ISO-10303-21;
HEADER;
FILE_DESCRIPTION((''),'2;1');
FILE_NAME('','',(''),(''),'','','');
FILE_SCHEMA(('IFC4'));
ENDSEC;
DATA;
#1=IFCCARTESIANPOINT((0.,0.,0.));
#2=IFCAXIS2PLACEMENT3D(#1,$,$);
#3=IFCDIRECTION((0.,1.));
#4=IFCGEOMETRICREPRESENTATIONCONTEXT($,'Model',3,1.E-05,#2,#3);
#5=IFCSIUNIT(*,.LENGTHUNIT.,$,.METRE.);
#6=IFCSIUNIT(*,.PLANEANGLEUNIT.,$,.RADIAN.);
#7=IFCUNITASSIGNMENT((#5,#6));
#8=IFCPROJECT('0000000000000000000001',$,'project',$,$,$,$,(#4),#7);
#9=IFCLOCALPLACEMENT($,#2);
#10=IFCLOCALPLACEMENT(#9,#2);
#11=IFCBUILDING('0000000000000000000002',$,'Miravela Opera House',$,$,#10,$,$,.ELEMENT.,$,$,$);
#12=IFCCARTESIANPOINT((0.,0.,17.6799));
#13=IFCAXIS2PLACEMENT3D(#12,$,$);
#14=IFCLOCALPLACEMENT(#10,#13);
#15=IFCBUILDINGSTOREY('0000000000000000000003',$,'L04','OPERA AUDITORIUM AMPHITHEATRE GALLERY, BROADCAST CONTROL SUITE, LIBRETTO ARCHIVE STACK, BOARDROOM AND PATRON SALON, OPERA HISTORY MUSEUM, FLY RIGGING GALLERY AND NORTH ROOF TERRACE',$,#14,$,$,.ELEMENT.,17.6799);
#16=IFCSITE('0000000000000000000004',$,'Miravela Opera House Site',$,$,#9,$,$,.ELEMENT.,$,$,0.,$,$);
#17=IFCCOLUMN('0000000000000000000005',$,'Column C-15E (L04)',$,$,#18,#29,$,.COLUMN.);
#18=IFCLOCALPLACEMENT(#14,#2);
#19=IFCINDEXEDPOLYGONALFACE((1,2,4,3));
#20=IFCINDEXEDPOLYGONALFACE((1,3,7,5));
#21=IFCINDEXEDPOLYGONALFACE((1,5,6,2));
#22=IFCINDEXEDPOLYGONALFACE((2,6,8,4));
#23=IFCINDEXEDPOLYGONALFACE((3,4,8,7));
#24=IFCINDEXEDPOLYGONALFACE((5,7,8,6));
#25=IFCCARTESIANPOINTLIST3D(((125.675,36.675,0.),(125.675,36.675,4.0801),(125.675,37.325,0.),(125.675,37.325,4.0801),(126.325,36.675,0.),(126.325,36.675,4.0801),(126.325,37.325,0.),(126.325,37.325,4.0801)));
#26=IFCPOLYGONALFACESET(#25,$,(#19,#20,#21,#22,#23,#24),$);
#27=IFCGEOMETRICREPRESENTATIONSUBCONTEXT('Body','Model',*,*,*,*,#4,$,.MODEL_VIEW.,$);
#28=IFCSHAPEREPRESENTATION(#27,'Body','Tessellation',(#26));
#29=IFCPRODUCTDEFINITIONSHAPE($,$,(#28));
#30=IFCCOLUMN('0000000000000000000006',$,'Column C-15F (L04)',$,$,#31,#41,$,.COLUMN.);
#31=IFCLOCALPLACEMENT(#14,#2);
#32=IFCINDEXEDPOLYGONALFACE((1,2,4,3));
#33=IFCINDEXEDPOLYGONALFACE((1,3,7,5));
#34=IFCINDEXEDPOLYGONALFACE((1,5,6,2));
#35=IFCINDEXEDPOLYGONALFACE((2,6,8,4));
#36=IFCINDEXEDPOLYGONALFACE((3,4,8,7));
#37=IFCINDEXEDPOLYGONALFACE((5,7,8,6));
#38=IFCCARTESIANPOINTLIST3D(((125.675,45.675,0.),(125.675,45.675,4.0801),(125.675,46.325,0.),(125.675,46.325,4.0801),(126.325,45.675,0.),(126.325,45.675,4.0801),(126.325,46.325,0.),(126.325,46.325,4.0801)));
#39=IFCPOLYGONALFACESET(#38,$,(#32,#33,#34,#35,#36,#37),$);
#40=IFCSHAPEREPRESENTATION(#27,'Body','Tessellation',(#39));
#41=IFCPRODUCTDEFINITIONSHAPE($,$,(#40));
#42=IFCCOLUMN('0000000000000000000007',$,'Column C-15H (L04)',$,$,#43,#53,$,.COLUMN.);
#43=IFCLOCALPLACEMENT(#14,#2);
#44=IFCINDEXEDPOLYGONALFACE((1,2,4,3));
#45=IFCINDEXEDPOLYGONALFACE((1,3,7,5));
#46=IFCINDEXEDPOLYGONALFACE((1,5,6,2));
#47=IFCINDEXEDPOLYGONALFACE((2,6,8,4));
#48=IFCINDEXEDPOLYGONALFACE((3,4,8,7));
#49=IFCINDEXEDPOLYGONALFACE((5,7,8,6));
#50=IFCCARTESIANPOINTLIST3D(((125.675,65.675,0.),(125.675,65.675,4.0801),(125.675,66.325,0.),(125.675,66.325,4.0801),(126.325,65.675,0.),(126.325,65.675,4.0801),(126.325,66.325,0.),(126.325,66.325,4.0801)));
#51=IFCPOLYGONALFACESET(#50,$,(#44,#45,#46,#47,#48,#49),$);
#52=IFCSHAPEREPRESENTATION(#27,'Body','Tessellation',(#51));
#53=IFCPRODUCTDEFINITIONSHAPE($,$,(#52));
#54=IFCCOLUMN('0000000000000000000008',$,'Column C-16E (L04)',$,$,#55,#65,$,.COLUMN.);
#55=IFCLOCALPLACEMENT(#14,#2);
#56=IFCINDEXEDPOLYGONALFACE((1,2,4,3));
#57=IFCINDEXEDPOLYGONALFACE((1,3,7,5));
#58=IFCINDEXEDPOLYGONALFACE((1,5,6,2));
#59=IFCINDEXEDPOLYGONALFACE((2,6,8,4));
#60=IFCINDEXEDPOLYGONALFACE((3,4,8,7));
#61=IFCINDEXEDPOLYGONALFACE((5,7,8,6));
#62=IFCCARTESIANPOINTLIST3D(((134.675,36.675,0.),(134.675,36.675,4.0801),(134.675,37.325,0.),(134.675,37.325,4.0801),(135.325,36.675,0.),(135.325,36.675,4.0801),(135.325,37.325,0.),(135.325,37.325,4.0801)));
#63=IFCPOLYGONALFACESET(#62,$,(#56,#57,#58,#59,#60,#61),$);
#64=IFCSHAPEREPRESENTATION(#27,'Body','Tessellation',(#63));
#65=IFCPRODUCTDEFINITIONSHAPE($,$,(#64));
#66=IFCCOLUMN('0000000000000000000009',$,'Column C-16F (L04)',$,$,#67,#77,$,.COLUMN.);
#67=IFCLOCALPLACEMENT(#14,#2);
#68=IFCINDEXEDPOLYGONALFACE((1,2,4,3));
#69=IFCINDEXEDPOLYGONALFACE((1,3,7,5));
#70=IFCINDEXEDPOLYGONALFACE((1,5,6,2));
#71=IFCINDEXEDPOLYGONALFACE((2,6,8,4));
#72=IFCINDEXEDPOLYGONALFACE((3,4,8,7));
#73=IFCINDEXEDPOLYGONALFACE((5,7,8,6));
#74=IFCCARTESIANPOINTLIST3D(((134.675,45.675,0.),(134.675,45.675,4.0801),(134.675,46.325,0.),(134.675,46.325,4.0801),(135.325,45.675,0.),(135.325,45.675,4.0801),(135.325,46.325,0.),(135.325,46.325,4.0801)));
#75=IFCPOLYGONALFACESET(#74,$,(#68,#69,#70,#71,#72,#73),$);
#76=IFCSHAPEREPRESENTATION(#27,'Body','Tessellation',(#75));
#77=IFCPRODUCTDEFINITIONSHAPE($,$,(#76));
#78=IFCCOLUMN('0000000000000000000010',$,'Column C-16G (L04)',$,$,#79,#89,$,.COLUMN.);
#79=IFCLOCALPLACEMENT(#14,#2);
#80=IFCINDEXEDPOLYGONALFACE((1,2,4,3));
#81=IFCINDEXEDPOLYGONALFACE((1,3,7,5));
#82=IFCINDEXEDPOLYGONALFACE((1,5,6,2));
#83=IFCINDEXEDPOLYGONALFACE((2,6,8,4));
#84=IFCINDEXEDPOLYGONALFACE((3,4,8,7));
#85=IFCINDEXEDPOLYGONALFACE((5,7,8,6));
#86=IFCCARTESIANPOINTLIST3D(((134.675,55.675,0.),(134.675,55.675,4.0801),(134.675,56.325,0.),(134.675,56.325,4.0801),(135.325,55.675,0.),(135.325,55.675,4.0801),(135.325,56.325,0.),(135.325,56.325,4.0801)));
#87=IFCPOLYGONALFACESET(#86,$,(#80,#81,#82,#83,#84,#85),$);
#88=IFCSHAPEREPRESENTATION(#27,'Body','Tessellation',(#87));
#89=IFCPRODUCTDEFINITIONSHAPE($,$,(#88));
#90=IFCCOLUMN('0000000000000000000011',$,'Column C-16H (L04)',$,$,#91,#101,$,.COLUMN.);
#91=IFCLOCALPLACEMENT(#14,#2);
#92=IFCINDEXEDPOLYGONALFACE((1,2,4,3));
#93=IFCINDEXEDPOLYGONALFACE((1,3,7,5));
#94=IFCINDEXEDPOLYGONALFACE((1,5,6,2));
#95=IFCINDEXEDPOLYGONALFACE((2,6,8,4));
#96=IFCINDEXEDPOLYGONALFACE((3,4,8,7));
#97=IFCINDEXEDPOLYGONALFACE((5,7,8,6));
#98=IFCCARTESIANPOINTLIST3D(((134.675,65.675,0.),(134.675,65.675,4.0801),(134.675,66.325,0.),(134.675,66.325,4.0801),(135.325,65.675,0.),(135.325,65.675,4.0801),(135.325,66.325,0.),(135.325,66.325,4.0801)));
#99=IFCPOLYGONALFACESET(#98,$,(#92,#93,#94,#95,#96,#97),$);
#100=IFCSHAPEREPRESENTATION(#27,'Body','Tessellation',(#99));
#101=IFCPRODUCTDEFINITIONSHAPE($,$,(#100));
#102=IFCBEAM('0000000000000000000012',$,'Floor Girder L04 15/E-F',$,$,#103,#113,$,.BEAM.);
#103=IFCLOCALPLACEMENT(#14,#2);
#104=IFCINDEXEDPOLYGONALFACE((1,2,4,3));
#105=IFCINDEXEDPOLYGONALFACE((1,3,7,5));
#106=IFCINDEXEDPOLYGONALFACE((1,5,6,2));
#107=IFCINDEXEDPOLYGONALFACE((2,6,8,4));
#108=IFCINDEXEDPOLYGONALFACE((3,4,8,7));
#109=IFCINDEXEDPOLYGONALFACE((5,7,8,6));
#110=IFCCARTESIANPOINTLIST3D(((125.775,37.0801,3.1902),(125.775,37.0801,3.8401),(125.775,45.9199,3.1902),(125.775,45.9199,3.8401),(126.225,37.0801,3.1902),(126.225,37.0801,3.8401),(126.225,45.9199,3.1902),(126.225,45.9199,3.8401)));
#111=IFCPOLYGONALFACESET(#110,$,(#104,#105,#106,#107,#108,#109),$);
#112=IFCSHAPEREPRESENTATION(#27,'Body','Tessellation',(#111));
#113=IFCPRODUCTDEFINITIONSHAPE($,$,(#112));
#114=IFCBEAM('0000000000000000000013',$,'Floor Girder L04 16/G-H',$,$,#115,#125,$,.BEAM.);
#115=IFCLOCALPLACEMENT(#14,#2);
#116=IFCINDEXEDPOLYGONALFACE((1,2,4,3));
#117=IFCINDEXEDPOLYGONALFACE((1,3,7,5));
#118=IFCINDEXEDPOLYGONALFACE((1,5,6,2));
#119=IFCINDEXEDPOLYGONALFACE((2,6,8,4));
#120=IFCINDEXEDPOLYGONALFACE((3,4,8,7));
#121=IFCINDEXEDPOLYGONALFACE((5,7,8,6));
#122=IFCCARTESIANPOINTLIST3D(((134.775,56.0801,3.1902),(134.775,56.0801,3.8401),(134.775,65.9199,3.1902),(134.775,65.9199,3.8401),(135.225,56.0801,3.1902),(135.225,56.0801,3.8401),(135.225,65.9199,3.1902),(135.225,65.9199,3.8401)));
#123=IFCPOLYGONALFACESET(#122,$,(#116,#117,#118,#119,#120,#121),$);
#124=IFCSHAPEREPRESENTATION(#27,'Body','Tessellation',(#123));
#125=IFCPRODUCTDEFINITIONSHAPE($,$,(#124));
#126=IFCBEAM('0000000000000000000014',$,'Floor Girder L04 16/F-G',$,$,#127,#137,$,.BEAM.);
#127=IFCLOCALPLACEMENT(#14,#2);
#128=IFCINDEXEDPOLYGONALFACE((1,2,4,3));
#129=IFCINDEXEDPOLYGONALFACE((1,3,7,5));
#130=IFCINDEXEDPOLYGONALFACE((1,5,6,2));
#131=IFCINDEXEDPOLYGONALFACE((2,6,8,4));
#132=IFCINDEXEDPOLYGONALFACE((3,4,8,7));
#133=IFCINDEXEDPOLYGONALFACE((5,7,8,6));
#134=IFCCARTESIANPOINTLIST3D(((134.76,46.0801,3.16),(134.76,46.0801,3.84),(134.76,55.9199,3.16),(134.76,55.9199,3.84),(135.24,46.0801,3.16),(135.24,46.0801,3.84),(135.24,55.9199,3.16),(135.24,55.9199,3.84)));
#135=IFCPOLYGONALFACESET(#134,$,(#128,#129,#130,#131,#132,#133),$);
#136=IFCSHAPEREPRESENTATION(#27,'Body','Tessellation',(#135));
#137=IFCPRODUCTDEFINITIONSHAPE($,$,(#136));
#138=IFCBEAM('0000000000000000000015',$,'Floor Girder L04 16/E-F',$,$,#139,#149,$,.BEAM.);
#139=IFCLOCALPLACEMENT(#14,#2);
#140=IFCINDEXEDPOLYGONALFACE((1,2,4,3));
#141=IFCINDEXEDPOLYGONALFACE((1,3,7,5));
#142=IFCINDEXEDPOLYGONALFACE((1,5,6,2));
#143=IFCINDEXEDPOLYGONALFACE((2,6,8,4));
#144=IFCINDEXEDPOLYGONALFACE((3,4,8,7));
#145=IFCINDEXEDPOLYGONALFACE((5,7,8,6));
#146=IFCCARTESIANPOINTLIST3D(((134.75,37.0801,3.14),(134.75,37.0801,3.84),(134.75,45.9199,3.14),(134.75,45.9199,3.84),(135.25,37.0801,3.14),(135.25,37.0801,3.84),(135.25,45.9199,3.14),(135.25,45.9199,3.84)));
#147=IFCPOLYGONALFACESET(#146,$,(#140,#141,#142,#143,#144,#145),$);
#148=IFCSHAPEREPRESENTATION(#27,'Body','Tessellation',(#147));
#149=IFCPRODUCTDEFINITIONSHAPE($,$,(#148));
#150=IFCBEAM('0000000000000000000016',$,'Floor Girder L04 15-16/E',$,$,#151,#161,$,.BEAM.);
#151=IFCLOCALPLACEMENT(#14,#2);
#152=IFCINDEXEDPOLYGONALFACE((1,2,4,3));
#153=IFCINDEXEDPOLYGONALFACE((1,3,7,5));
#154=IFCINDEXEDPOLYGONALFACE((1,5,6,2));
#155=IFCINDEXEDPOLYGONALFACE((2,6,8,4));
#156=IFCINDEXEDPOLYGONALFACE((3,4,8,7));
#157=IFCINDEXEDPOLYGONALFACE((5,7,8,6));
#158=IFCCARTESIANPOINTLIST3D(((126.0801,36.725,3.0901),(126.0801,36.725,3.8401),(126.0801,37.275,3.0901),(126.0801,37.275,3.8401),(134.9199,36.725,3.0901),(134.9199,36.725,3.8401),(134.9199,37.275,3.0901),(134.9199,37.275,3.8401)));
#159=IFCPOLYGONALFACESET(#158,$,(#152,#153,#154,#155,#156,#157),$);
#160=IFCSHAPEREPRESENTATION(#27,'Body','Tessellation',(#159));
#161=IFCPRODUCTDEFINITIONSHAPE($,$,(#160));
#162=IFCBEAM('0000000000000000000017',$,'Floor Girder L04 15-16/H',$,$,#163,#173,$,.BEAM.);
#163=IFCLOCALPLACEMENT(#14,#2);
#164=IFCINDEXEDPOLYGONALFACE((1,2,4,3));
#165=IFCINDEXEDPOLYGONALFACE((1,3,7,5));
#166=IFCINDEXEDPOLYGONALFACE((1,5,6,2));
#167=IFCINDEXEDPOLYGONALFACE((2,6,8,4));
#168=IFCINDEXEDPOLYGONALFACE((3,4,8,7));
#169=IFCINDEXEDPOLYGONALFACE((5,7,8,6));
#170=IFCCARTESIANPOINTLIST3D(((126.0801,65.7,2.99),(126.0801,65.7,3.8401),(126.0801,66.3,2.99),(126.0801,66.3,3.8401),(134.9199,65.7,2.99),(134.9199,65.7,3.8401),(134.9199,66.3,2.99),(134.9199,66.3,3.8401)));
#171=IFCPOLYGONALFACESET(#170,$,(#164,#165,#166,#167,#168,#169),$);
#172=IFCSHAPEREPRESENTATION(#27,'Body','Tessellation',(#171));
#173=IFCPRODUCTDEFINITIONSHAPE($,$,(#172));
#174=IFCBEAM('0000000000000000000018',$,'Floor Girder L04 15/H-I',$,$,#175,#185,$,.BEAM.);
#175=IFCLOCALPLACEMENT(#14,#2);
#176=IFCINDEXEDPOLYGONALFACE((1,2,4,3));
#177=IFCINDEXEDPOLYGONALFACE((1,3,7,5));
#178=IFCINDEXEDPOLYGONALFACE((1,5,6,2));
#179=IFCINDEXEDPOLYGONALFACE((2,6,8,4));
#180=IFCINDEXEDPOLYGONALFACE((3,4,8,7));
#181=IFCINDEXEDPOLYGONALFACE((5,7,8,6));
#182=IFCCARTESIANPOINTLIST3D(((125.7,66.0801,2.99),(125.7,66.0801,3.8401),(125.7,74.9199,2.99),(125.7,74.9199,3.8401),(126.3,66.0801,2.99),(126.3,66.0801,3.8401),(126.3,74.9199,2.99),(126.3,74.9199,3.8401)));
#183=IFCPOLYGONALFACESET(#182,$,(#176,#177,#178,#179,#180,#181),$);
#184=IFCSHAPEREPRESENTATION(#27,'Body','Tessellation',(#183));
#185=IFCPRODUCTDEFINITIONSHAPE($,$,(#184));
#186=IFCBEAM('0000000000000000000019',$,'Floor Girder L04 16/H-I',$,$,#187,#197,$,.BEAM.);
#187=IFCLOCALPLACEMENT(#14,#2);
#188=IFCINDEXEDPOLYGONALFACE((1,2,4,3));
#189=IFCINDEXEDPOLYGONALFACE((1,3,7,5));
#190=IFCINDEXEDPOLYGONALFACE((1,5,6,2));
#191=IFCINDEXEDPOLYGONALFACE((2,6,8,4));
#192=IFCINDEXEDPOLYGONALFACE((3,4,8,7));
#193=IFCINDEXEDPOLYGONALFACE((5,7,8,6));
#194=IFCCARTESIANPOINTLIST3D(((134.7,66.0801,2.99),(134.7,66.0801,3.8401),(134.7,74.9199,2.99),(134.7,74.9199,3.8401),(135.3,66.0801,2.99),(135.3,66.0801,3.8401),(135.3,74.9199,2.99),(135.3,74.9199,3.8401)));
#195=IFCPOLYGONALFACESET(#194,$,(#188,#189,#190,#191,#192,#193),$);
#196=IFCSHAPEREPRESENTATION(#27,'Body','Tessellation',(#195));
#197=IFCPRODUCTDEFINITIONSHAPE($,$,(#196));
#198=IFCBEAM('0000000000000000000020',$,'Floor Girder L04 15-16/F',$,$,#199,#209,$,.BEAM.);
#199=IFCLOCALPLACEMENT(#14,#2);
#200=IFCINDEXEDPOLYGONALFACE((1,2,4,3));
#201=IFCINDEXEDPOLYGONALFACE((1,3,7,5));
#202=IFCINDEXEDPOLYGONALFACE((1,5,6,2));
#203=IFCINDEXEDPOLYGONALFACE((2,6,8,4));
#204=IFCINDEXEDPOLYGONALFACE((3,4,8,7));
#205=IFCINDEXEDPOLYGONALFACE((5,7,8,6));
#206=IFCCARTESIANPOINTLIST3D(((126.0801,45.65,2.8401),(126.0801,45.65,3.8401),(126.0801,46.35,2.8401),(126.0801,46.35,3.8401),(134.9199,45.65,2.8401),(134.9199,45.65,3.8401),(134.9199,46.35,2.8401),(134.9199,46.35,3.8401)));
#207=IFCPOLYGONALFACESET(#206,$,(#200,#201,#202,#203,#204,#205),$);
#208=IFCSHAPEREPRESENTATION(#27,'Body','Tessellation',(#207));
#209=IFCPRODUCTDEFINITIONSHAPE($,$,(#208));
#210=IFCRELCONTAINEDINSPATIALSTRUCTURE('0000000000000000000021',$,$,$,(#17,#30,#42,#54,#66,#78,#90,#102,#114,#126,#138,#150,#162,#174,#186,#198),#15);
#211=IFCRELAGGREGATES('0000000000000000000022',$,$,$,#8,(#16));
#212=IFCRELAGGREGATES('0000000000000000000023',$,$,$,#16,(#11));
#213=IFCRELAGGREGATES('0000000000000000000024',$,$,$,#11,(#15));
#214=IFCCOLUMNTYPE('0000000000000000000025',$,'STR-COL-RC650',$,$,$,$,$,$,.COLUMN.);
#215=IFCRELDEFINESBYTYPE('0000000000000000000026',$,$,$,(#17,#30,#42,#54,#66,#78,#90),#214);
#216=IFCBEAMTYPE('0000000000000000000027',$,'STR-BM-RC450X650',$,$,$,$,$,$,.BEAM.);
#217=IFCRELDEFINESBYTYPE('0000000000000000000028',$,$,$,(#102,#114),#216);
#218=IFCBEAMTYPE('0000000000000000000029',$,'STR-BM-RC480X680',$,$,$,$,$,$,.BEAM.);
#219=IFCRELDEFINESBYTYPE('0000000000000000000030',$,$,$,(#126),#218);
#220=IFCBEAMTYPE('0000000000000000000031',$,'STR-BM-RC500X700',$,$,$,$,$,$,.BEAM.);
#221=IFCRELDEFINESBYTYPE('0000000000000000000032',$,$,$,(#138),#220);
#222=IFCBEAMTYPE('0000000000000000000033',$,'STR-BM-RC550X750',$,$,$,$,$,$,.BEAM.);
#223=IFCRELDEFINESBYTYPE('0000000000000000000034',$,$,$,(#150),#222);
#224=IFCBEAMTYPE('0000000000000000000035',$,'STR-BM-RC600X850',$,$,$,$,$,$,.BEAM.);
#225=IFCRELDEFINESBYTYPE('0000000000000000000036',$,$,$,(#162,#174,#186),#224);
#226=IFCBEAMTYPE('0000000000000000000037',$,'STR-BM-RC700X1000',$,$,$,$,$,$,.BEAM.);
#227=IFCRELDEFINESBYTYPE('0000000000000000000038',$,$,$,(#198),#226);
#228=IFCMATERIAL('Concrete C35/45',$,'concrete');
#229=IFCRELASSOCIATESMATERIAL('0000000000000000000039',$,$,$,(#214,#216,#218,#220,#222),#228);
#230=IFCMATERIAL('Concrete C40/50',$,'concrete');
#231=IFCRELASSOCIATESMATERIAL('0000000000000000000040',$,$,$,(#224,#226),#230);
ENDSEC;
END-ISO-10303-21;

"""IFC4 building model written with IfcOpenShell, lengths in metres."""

from ifc_helpers import new_model, si_unit, direction, frame, origin, origin_2d, place, context, subcontext, project, spatial, rectangle, extrude, material, material_profile, profile_set, type_object, element, save


model = new_model("IFC4")

# Units and contexts
model_context = context("Model", 3, precision=1e-05, world=origin(), true_north=direction((0.0, 1.0)))
body_context = subcontext(model_context, "Body", "Model", "MODEL_VIEW")
ifc_project = project(units=[si_unit("LENGTHUNIT", "METRE"), si_unit("PLANEANGLEUNIT", "RADIAN")], contexts=[model_context])

# Site, building, storey
site_placement = place(None, origin())
site = spatial("IfcSite", under=ifc_project, at=site_placement, Name="Miravela Opera House Site", CompositionType="ELEMENT", RefElevation=0.0)
building_placement = place(site_placement, origin())
building = spatial("IfcBuilding", under=site, at=building_placement, Name="Miravela Opera House", CompositionType="ELEMENT")
storey_placement = place(building_placement, frame((0.0, 0.0, 17.6799)))
storey = spatial("IfcBuildingStorey", under=building, at=storey_placement, Name="L04", Description="OPERA AUDITORIUM AMPHITHEATRE GALLERY, BROADCAST CONTROL SUITE, LIBRETTO ARCHIVE STACK, BOARDROOM AND PATRON SALON, OPERA HISTORY MUSEUM, FLY RIGGING GALLERY AND NORTH ROOF TERRACE", CompositionType="ELEMENT", Elevation=17.6799)

# Columns
ifc_material_1 = material(Name="Concrete C35/45", Category="concrete")
ifc_material_profile_1 = material_profile(ifc_material_1, rectangle(XDim=0.6499, YDim=0.6499, at=origin_2d()), Name="RC-COL-650X650")
ifc_profile_set_1 = profile_set([ifc_material_profile_1])
column_type = type_object("IfcColumnType", Name="STR-COL-RC650", PredefinedType="COLUMN", material=ifc_profile_set_1)
for number, where, z_axis, x_axis, name in (
    (1, (126.0, 37.0, 0.0), (0.0, 0.0, 1.0), (1.0, 0.0, 0.0), "Column C-15E (L04)"),
    (2, (126.0, 46.0, 0.0), (0.0, 0.0, 1.0), (1.0, 0.0, 0.0), "Column C-15F (L04)"),
    (3, (126.0, 66.0, 0.0), (0.0, 0.0, 1.0), (1.0, 0.0, 0.0), "Column C-15H (L04)"),
    (4, (135.0, 37.0, 0.0), (0.0, 0.0, 1.0), (1.0, 0.0, 0.0), "Column C-16E (L04)"),
    (5, (135.0, 46.0, 0.0), (0.0, 0.0, 1.0), (1.0, 0.0, 0.0), "Column C-16F (L04)"),
    (6, (135.0, 56.0, 0.0), (0.0, 0.0, 1.0), (1.0, 0.0, 0.0), "Column C-16G (L04)"),
    (7, (135.0, 66.0, 0.0), (0.0, 0.0, 1.0), (1.0, 0.0, 0.0), "Column C-16H (L04)"),
):
    element("IfcColumn", number, at=place(storey_placement, frame(where, z_axis=z_axis, x_axis=x_axis)), inside=storey, type_object=column_type, Name=name, PredefinedType="COLUMN", context=body_context, shape_type="SweptSolid", body=[
        extrude(rectangle(XDim=0.6499, YDim=0.6499, at=origin_2d()), origin(), (0.0, 0.0, 1.0), 4.0801),
    ])

# Beams
ifc_material_profile_2 = material_profile(ifc_material_1, rectangle(XDim=0.45, YDim=0.6499, at=origin_2d()), Name="RC-BM-450X650")
ifc_profile_set_2 = profile_set([ifc_material_profile_2])
beam_type_1 = type_object("IfcBeamType", Name="STR-BM-RC450X650", PredefinedType="BEAM", material=ifc_profile_set_2)
beam_1_placement = place(storey_placement, frame((126.0, 37.0801, 3.5151), z_axis=(0.0, 1.0, 0.0), x_axis=(-1.0, 0.0, 0.0)))
element("IfcBeam", 8, at=beam_1_placement, inside=storey, type_object=beam_type_1, Name="Floor Girder L04 15/E-F", PredefinedType="BEAM", context=body_context, shape_type="SweptSolid", body=[
    extrude(rectangle(XDim=0.45, YDim=0.6499, at=origin_2d()), origin(), (0.0, 0.0, 1.0), 8.8398),
])
beam_2_placement = place(storey_placement, frame((135.0, 56.0801, 3.5151), z_axis=(0.0, 1.0, 0.0), x_axis=(-1.0, 0.0, 0.0)))
element("IfcBeam", 9, at=beam_2_placement, inside=storey, type_object=beam_type_1, Name="Floor Girder L04 16/G-H", PredefinedType="BEAM", context=body_context, shape_type="SweptSolid", body=[
    extrude(rectangle(XDim=0.45, YDim=0.6499, at=origin_2d()), origin(), (0.0, 0.0, 1.0), 9.8398),
])
ifc_material_profile_3 = material_profile(ifc_material_1, rectangle(XDim=0.48, YDim=0.6799, at=origin_2d()), Name="RC-BM-480X680")
ifc_profile_set_3 = profile_set([ifc_material_profile_3])
beam_type_2 = type_object("IfcBeamType", Name="STR-BM-RC480X680", PredefinedType="BEAM", material=ifc_profile_set_3)
beam_3_placement = place(storey_placement, frame((135.0, 46.0801, 3.5), z_axis=(0.0, 1.0, 0.0), x_axis=(-1.0, 0.0, 0.0)))
element("IfcBeam", 10, at=beam_3_placement, inside=storey, type_object=beam_type_2, Name="Floor Girder L04 16/F-G", PredefinedType="BEAM", context=body_context, shape_type="SweptSolid", body=[
    extrude(rectangle(XDim=0.48, YDim=0.6799, at=origin_2d()), origin(), (0.0, 0.0, 1.0), 9.8398),
])
ifc_material_profile_4 = material_profile(ifc_material_1, rectangle(XDim=0.5, YDim=0.7, at=origin_2d()), Name="RC-BM-500X700")
ifc_profile_set_4 = profile_set([ifc_material_profile_4])
beam_type_3 = type_object("IfcBeamType", Name="STR-BM-RC500X700", PredefinedType="BEAM", material=ifc_profile_set_4)
beam_4_placement = place(storey_placement, frame((135.0, 37.0801, 3.49), z_axis=(0.0, 1.0, 0.0), x_axis=(-1.0, 0.0, 0.0)))
element("IfcBeam", 11, at=beam_4_placement, inside=storey, type_object=beam_type_3, Name="Floor Girder L04 16/E-F", PredefinedType="BEAM", context=body_context, shape_type="SweptSolid", body=[
    extrude(rectangle(XDim=0.5, YDim=0.7, at=origin_2d()), origin(), (0.0, 0.0, 1.0), 8.8398),
])
ifc_material_profile_5 = material_profile(ifc_material_1, rectangle(XDim=0.55, YDim=0.75, at=origin_2d()), Name="RC-BM-550X750")
ifc_profile_set_5 = profile_set([ifc_material_profile_5])
beam_type_4 = type_object("IfcBeamType", Name="STR-BM-RC550X750", PredefinedType="BEAM", material=ifc_profile_set_5)
beam_5_placement = place(storey_placement, frame((126.0801, 37.0, 3.4651), z_axis=(1.0, 0.0, 0.0), x_axis=(0.0, 1.0, 0.0)))
element("IfcBeam", 12, at=beam_5_placement, inside=storey, type_object=beam_type_4, Name="Floor Girder L04 15-16/E", PredefinedType="BEAM", context=body_context, shape_type="SweptSolid", body=[
    extrude(rectangle(XDim=0.55, YDim=0.75, at=origin_2d()), origin(), (0.0, 0.0, 1.0), 8.8398),
])
ifc_material_2 = material(Name="Concrete C40/50", Category="concrete")
ifc_material_profile_6 = material_profile(ifc_material_2, rectangle(XDim=0.6001, YDim=0.8501, at=origin_2d()), Name="RC-BM-600X850")
ifc_profile_set_6 = profile_set([ifc_material_profile_6])
beam_type_5 = type_object("IfcBeamType", Name="STR-BM-RC600X850", PredefinedType="BEAM", material=ifc_profile_set_6)
for number, where, z_axis, x_axis, name in (
    (13, (126.0801, 66.0, 3.415), (1.0, 0.0, 0.0), (0.0, 1.0, 0.0), "Floor Girder L04 15-16/H"),
    (14, (126.0, 66.0801, 3.415), (0.0, 1.0, 0.0), (-1.0, 0.0, 0.0), "Floor Girder L04 15/H-I"),
    (15, (135.0, 66.0801, 3.415), (0.0, 1.0, 0.0), (-1.0, 0.0, 0.0), "Floor Girder L04 16/H-I"),
):
    element("IfcBeam", number, at=place(storey_placement, frame(where, z_axis=z_axis, x_axis=x_axis)), inside=storey, type_object=beam_type_5, Name=name, PredefinedType="BEAM", context=body_context, shape_type="SweptSolid", body=[
        extrude(rectangle(XDim=0.6001, YDim=0.8501, at=origin_2d()), origin(), (0.0, 0.0, 1.0), 8.8398),
    ])
ifc_material_profile_7 = material_profile(ifc_material_2, rectangle(XDim=0.7, YDim=1.0, at=origin_2d()), Name="RC-BM-700X1000")
ifc_profile_set_7 = profile_set([ifc_material_profile_7])
beam_type_6 = type_object("IfcBeamType", Name="STR-BM-RC700X1000", PredefinedType="BEAM", material=ifc_profile_set_7)
beam_6_placement = place(storey_placement, frame((126.0801, 46.0, 3.3401), z_axis=(1.0, 0.0, 0.0), x_axis=(0.0, 1.0, 0.0)))
element("IfcBeam", 16, at=beam_6_placement, inside=storey, type_object=beam_type_6, Name="Floor Girder L04 15-16/F", PredefinedType="BEAM", context=body_context, shape_type="SweptSolid", body=[
    extrude(rectangle(XDim=0.7, YDim=1.0, at=origin_2d()), origin(), (0.0, 0.0, 1.0), 8.8398),
])

save(model, "model.ifc")
